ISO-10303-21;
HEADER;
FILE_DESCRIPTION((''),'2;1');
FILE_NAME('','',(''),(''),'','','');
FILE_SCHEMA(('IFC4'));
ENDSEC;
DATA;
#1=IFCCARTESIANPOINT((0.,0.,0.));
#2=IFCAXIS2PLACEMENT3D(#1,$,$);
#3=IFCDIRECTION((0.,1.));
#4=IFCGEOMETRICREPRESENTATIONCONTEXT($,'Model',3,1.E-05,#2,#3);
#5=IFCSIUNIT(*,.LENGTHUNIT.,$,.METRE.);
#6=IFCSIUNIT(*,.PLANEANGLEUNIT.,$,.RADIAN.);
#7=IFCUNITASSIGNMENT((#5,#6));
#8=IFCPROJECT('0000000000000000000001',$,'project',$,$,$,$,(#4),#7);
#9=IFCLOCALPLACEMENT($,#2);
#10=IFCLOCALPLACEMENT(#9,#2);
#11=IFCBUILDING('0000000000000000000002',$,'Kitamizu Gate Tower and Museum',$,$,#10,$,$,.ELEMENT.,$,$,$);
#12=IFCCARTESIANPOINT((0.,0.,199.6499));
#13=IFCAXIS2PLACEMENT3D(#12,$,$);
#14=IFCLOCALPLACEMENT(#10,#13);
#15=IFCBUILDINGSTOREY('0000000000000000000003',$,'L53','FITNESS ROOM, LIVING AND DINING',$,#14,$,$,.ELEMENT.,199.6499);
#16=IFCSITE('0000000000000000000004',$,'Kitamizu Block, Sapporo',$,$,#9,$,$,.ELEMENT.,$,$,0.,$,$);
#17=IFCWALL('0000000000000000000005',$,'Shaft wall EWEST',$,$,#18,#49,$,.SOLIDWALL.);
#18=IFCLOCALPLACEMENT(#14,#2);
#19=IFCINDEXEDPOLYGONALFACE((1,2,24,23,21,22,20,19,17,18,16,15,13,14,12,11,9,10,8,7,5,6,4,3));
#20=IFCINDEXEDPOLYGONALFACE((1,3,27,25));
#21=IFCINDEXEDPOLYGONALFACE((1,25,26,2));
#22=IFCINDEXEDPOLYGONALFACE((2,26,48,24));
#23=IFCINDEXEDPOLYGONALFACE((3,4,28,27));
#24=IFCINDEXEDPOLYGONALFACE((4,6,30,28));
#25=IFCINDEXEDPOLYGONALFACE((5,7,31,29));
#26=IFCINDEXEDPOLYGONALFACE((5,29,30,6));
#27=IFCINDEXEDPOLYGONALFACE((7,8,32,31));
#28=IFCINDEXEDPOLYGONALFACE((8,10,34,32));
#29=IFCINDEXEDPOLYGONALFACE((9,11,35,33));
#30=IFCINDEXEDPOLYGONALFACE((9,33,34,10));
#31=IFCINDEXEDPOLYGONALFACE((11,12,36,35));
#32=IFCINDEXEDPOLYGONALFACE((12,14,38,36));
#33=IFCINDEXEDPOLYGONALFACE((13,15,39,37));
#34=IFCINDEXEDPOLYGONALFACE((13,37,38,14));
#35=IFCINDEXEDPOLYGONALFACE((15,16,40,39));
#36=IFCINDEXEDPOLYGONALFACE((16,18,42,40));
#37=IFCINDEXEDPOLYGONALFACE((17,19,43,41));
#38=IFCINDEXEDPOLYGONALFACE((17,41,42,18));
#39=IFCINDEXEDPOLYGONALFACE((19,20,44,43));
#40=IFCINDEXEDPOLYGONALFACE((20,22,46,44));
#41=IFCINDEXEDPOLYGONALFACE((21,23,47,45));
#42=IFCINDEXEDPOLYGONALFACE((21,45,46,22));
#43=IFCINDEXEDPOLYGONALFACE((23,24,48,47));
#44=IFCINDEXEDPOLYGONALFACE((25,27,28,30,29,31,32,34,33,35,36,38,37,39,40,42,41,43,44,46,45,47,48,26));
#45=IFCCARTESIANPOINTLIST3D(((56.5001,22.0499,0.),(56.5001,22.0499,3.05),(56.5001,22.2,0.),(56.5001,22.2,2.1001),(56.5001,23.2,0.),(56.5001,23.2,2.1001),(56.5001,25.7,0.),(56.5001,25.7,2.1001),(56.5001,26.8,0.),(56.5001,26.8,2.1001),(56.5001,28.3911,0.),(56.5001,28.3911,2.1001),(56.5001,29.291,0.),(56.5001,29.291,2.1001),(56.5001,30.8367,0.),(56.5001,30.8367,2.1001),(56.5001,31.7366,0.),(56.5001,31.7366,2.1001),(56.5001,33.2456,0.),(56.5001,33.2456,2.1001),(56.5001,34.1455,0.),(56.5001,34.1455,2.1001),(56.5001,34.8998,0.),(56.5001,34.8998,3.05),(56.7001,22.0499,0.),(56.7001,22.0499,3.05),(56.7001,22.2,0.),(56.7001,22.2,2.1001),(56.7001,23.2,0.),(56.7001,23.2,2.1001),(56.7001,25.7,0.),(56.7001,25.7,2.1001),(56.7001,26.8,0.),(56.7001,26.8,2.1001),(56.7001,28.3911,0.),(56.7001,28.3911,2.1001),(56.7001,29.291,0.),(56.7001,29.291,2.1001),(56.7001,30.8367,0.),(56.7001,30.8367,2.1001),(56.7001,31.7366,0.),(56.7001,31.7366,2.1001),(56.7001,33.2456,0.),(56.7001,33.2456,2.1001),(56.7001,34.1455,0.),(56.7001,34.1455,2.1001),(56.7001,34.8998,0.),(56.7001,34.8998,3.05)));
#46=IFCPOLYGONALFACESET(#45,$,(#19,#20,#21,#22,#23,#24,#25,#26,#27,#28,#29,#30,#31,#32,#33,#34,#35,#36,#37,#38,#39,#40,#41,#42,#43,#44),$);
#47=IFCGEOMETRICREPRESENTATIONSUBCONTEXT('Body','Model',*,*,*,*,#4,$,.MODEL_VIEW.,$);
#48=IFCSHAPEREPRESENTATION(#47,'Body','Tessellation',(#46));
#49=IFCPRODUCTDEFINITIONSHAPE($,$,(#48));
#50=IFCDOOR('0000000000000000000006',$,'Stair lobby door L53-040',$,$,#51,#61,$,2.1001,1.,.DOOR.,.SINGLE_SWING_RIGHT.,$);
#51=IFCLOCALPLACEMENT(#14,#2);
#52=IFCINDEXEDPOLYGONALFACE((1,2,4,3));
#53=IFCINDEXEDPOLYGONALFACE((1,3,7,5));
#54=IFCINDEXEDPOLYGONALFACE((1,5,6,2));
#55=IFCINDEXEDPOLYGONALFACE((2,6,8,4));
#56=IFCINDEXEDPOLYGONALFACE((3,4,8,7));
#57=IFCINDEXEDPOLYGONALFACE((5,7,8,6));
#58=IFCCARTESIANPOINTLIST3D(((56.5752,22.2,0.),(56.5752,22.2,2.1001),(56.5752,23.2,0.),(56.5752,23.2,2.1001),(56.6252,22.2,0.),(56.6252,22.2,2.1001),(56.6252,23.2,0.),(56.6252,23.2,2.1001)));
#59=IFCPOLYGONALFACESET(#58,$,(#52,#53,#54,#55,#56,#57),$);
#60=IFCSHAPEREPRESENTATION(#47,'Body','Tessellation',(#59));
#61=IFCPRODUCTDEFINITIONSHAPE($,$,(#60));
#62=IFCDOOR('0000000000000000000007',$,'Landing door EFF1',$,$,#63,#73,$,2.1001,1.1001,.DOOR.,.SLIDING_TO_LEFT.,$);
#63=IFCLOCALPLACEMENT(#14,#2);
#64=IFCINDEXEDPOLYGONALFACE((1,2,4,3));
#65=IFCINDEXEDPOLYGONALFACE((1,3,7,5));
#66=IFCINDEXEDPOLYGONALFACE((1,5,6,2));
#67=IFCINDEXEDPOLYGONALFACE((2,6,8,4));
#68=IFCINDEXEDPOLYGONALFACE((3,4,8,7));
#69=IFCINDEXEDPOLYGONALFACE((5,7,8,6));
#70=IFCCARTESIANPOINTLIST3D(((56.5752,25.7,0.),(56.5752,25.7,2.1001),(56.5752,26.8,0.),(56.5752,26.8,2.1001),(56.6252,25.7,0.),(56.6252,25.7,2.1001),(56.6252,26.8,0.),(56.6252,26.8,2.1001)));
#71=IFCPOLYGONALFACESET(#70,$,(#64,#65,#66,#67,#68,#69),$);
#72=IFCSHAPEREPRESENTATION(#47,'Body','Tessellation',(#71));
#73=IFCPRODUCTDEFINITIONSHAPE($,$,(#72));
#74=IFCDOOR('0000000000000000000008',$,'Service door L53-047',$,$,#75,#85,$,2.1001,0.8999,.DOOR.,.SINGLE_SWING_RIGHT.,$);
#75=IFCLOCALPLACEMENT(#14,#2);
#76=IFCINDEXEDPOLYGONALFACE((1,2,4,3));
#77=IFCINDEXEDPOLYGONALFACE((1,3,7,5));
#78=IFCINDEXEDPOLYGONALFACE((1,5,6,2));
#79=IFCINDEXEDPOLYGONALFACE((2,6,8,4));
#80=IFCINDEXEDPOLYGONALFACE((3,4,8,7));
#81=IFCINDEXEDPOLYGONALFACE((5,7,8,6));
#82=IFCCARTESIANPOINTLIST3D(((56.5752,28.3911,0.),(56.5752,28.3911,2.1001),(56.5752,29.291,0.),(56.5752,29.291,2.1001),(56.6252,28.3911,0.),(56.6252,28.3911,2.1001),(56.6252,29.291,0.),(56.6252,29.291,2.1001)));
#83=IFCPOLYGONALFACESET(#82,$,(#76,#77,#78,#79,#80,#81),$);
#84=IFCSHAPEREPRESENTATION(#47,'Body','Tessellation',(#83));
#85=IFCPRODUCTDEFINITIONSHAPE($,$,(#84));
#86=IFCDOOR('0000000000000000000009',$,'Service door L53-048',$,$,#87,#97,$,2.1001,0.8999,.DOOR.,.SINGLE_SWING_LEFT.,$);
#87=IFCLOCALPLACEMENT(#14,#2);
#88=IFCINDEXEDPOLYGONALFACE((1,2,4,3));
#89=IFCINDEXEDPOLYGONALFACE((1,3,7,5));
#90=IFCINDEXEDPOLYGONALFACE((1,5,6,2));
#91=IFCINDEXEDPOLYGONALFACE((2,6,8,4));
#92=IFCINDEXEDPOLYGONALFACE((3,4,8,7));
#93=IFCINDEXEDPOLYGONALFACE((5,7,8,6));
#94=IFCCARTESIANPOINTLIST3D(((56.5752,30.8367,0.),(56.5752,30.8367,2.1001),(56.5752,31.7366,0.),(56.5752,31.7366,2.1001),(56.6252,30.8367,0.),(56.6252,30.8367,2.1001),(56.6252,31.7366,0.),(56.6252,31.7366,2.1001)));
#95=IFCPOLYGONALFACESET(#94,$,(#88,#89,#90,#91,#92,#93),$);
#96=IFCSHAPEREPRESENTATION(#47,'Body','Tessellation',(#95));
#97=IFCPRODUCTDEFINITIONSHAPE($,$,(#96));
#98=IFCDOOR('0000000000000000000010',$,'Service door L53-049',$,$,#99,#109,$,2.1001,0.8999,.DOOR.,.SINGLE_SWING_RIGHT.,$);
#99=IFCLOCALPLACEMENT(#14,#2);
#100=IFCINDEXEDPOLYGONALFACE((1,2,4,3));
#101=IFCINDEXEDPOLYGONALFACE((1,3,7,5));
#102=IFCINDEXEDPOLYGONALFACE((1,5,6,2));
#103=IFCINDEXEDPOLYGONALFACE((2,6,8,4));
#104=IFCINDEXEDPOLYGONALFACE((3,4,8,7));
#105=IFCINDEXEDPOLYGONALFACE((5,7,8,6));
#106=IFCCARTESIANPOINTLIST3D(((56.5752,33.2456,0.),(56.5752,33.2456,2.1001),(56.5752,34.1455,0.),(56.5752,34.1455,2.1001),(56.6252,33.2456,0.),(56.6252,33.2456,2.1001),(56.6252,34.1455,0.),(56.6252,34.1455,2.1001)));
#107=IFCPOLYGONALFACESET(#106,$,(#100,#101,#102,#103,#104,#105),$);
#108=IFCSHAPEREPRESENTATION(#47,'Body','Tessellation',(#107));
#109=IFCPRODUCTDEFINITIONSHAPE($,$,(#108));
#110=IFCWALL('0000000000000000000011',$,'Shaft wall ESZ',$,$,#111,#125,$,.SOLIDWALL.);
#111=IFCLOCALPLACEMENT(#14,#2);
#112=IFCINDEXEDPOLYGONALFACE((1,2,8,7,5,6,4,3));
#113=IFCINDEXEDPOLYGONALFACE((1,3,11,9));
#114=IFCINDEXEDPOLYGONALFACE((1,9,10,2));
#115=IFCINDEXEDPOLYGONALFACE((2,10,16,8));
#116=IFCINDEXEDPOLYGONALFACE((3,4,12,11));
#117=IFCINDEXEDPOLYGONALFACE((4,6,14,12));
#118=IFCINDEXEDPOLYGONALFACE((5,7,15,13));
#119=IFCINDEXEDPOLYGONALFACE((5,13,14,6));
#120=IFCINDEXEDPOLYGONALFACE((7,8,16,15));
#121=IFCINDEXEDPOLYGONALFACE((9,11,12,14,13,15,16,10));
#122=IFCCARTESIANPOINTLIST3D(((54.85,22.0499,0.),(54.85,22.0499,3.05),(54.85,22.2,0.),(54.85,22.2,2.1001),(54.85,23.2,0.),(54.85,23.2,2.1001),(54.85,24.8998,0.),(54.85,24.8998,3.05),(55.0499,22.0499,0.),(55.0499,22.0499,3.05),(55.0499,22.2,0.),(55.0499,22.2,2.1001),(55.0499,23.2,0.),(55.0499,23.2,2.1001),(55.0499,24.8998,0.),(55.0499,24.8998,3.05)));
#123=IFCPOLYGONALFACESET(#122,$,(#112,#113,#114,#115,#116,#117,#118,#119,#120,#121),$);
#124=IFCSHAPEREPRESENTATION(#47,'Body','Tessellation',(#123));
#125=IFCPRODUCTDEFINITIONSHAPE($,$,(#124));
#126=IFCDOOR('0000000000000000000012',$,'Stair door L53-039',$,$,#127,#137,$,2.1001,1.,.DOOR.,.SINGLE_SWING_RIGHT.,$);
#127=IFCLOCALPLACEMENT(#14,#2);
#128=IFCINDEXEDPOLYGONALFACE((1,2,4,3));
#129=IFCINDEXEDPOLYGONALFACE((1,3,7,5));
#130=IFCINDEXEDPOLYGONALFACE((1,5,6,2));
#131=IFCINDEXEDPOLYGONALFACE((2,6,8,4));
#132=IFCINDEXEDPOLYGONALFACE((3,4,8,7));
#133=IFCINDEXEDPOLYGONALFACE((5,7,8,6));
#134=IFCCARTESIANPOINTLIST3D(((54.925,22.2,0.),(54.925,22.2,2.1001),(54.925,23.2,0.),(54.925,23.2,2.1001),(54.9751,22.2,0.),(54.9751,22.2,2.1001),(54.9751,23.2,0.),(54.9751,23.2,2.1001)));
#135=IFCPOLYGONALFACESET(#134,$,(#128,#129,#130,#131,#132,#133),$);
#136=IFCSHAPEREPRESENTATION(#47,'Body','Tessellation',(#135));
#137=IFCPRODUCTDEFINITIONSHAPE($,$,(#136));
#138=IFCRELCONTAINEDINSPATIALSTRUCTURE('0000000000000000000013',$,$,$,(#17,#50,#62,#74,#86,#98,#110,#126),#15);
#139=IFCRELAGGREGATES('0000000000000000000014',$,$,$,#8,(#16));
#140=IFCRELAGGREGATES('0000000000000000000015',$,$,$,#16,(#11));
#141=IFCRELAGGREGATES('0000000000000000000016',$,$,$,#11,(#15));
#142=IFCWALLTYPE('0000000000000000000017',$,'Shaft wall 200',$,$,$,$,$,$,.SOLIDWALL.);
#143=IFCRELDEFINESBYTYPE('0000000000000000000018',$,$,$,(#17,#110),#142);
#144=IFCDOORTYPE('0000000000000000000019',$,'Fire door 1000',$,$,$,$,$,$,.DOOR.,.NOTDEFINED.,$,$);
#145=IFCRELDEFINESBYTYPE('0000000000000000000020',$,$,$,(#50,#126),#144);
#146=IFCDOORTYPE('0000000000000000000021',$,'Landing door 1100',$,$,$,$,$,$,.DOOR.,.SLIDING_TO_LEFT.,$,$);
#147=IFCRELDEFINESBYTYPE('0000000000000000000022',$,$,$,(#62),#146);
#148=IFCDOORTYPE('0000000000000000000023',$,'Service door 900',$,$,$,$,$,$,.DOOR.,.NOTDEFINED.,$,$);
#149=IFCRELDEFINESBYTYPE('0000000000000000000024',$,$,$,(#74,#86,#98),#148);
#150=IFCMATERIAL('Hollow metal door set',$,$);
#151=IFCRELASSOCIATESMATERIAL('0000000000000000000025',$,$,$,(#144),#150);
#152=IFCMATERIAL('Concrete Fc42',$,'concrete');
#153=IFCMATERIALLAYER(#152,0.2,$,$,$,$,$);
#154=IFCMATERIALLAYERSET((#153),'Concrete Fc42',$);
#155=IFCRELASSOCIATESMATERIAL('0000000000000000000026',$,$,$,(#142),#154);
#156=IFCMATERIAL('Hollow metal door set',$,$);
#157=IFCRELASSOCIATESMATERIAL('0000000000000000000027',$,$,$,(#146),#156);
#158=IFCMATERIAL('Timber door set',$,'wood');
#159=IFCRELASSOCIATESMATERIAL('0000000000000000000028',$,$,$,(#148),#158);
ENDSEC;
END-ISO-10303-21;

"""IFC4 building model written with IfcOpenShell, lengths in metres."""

from ifc_helpers import new_model, si_unit, direction, frame, frame_2d, origin, place, context, subcontext, project, spatial, rectangle, extrude, material, layer, layer_set, type_object, element, fill, save


model = new_model("IFC4")

# Units and contexts
model_context = context("Model", 3, precision=1e-05, world=origin(), true_north=direction((0.0, 1.0)))
body_context = subcontext(model_context, "Body", "Model", "MODEL_VIEW")
ifc_project = project(units=[si_unit("LENGTHUNIT", "METRE"), si_unit("PLANEANGLEUNIT", "RADIAN")], contexts=[model_context])

# Site, building, storey
site_placement = place(None, origin())
site = spatial("IfcSite", under=ifc_project, at=site_placement, Name="Kitamizu Block, Sapporo", CompositionType="ELEMENT", RefElevation=0.0)
building_placement = place(site_placement, origin())
building = spatial("IfcBuilding", under=site, at=building_placement, Name="Kitamizu Gate Tower and Museum", CompositionType="ELEMENT")
storey_placement = place(building_placement, frame((0.0, 0.0, 199.6499)))
storey = spatial("IfcBuildingStorey", under=building, at=storey_placement, Name="L53", Description="FITNESS ROOM, LIVING AND DINING", CompositionType="ELEMENT", Elevation=199.6499)

# Shared definitions
ifc_material_1 = material(Name="Hollow metal door set")
door_type_1 = type_object("IfcDoorType", Name="Fire door 1000", OperationType="NOTDEFINED", PredefinedType="DOOR", material=ifc_material_1)

# Wall, openings, doors
ifc_material_2 = material(Name="Concrete Fc42", Category="concrete")
ifc_layer_1 = layer(ifc_material_2, 0.2)
ifc_layer_set_1 = layer_set([ifc_layer_1], Name="Concrete Fc42")
wall_type_1 = type_object("IfcWallType", Name="Shaft wall 200", PredefinedType="SOLIDWALL", material=ifc_layer_set_1)
wall_1_placement = place(storey_placement, frame((56.6001, 22.05, 0.0), z_axis=(0.0, 0.0, 1.0), x_axis=(0.0, 1.0, 0.0)))
wall_1 = element("IfcWall", 1, at=wall_1_placement, inside=storey, type_object=wall_type_1, Name="Shaft wall EWEST", PredefinedType="SOLIDWALL", context=body_context, shape_type="SweptSolid", body=[
    extrude(rectangle(XDim=12.8499, YDim=0.2, at=frame_2d((6.4248, 0.0))), origin(), (0.0, 0.0, 1.0), 3.05),
])
opening_1_placement = place(wall_1_placement, frame((3.6499, 0.0, 0.0)))
opening_1 = element("IfcOpeningElement", 2, at=opening_1_placement, cuts=wall_1, PredefinedType="OPENING", context=body_context, shape_type="SweptSolid", body=[
    extrude(rectangle(XDim=1.1001, YDim=2.1001, at=frame_2d((0.55, 1.05))), frame((0.0, 0.1099, 0.0), z_axis=(0.0, -1.0, 0.0), x_axis=(1.0, 0.0, 0.0)), (0.0, 0.0, 1.0), 0.22),
])
opening_2_placement = place(wall_1_placement, frame((0.1499, 0.0, 0.0)))
opening_2 = element("IfcOpeningElement", 3, at=opening_2_placement, cuts=wall_1, PredefinedType="OPENING", context=body_context, shape_type="SweptSolid", body=[
    extrude(rectangle(XDim=1.0, YDim=2.1001, at=frame_2d((0.5, 1.05))), frame((0.0, 0.1099, 0.0), z_axis=(0.0, -1.0, 0.0), x_axis=(1.0, 0.0, 0.0)), (0.0, 0.0, 1.0), 0.22),
])
opening_3_placement = place(wall_1_placement, frame((6.3411, 0.0, 0.0)))
opening_3 = element("IfcOpeningElement", 4, at=opening_3_placement, cuts=wall_1, PredefinedType="OPENING", context=body_context, shape_type="SweptSolid", body=[
    extrude(rectangle(XDim=0.8999, YDim=2.1001, at=frame_2d((0.45, 1.05))), frame((0.0, 0.1099, 0.0), z_axis=(0.0, -1.0, 0.0), x_axis=(1.0, 0.0, 0.0)), (0.0, 0.0, 1.0), 0.22),
])
opening_4_placement = place(wall_1_placement, frame((8.7866, 0.0, 0.0)))
opening_4 = element("IfcOpeningElement", 5, at=opening_4_placement, cuts=wall_1, PredefinedType="OPENING", context=body_context, shape_type="SweptSolid", body=[
    extrude(rectangle(XDim=0.8999, YDim=2.1001, at=frame_2d((0.45, 1.05))), frame((0.0, 0.1099, 0.0), z_axis=(0.0, -1.0, 0.0), x_axis=(1.0, 0.0, 0.0)), (0.0, 0.0, 1.0), 0.22),
])
opening_5_placement = place(wall_1_placement, frame((11.1956, 0.0, 0.0)))
opening_5 = element("IfcOpeningElement", 6, at=opening_5_placement, cuts=wall_1, PredefinedType="OPENING", context=body_context, shape_type="SweptSolid", body=[
    extrude(rectangle(XDim=0.8999, YDim=2.1001, at=frame_2d((0.45, 1.05))), frame((0.0, 0.1099, 0.0), z_axis=(0.0, -1.0, 0.0), x_axis=(1.0, 0.0, 0.0)), (0.0, 0.0, 1.0), 0.22),
])
door_1_placement = place(opening_2_placement, origin())
door_1 = element("IfcDoor", 7, at=door_1_placement, inside=storey, type_object=door_type_1, Name="Stair lobby door L53-040", OperationType="SINGLE_SWING_RIGHT", OverallHeight=2.1001, OverallWidth=1.0, PredefinedType="DOOR", context=body_context, shape_type="SweptSolid", body=[
    extrude(rectangle(XDim=1.0, YDim=2.1001, at=frame_2d((0.5, 1.05))), frame((0.0, 0.0249, 0.0), z_axis=(0.0, -1.0, 0.0), x_axis=(1.0, 0.0, 0.0)), (0.0, 0.0, 1.0), 0.05),
])
fill(opening_2, door_1)
ifc_material_3 = material(Name="Hollow metal door set")
door_type_2 = type_object("IfcDoorType", Name="Landing door 1100", OperationType="SLIDING_TO_LEFT", PredefinedType="DOOR", material=ifc_material_3)
door_2_placement = place(opening_1_placement, origin())
door_2 = element("IfcDoor", 8, at=door_2_placement, inside=storey, type_object=door_type_2, Name="Landing door EFF1", OperationType="SLIDING_TO_LEFT", OverallHeight=2.1001, OverallWidth=1.1001, PredefinedType="DOOR", context=body_context, shape_type="SweptSolid", body=[
    extrude(rectangle(XDim=1.1001, YDim=2.1001, at=frame_2d((0.55, 1.05))), frame((0.0, 0.0249, 0.0), z_axis=(0.0, -1.0, 0.0), x_axis=(1.0, 0.0, 0.0)), (0.0, 0.0, 1.0), 0.05),
])
fill(opening_1, door_2)
ifc_material_4 = material(Name="Timber door set", Category="wood")
door_type_3 = type_object("IfcDoorType", Name="Service door 900", OperationType="NOTDEFINED", PredefinedType="DOOR", material=ifc_material_4)
door_3_placement = place(opening_3_placement, origin())
door_3 = element("IfcDoor", 9, at=door_3_placement, inside=storey, type_object=door_type_3, Name="Service door L53-047", OperationType="SINGLE_SWING_RIGHT", OverallHeight=2.1001, OverallWidth=0.8999, PredefinedType="DOOR", context=body_context, shape_type="SweptSolid", body=[
    extrude(rectangle(XDim=0.8999, YDim=2.1001, at=frame_2d((0.45, 1.05))), frame((0.0, 0.0249, 0.0), z_axis=(0.0, -1.0, 0.0), x_axis=(1.0, 0.0, 0.0)), (0.0, 0.0, 1.0), 0.05),
])
fill(opening_3, door_3)
door_4_placement = place(opening_4_placement, origin())
door_4 = element("IfcDoor", 10, at=door_4_placement, inside=storey, type_object=door_type_3, Name="Service door L53-048", OperationType="SINGLE_SWING_LEFT", OverallHeight=2.1001, OverallWidth=0.8999, PredefinedType="DOOR", context=body_context, shape_type="SweptSolid", body=[
    extrude(rectangle(XDim=0.8999, YDim=2.1001, at=frame_2d((0.45, 1.05))), frame((0.0, 0.0249, 0.0), z_axis=(0.0, -1.0, 0.0), x_axis=(1.0, 0.0, 0.0)), (0.0, 0.0, 1.0), 0.05),
])
fill(opening_4, door_4)
door_5_placement = place(opening_5_placement, origin())
door_5 = element("IfcDoor", 11, at=door_5_placement, inside=storey, type_object=door_type_3, Name="Service door L53-049", OperationType="SINGLE_SWING_RIGHT", OverallHeight=2.1001, OverallWidth=0.8999, PredefinedType="DOOR", context=body_context, shape_type="SweptSolid", body=[
    extrude(rectangle(XDim=0.8999, YDim=2.1001, at=frame_2d((0.45, 1.05))), frame((0.0, 0.0249, 0.0), z_axis=(0.0, -1.0, 0.0), x_axis=(1.0, 0.0, 0.0)), (0.0, 0.0, 1.0), 0.05),
])
fill(opening_5, door_5)

# Wall, opening, door
wall_2_placement = place(storey_placement, frame((54.95, 22.05, 0.0), z_axis=(0.0, 0.0, 1.0), x_axis=(0.0, 1.0, 0.0)))
wall_2 = element("IfcWall", 12, at=wall_2_placement, inside=storey, type_object=wall_type_1, Name="Shaft wall ESZ", PredefinedType="SOLIDWALL", context=body_context, shape_type="SweptSolid", body=[
    extrude(rectangle(XDim=2.8499, YDim=0.2, at=frame_2d((1.4248, 0.0))), origin(), (0.0, 0.0, 1.0), 3.05),
])
opening_6_placement = place(wall_2_placement, frame((0.1499, 0.0, 0.0)))
opening_6 = element("IfcOpeningElement", 13, at=opening_6_placement, cuts=wall_2, PredefinedType="OPENING", context=body_context, shape_type="SweptSolid", body=[
    extrude(rectangle(XDim=1.0, YDim=2.1001, at=frame_2d((0.5, 1.05))), frame((0.0, 0.1099, 0.0), z_axis=(0.0, -1.0, 0.0), x_axis=(1.0, 0.0, 0.0)), (0.0, 0.0, 1.0), 0.22),
])
door_6_placement = place(opening_6_placement, origin())
door_6 = element("IfcDoor", 14, at=door_6_placement, inside=storey, type_object=door_type_1, Name="Stair door L53-039", OperationType="SINGLE_SWING_RIGHT", OverallHeight=2.1001, OverallWidth=1.0, PredefinedType="DOOR", context=body_context, shape_type="SweptSolid", body=[
    extrude(rectangle(XDim=1.0, YDim=2.1001, at=frame_2d((0.5, 1.05))), frame((0.0, 0.0249, 0.0), z_axis=(0.0, -1.0, 0.0), x_axis=(1.0, 0.0, 0.0)), (0.0, 0.0, 1.0), 0.05),
])
fill(opening_6, door_6)

save(model, "model.ifc")
